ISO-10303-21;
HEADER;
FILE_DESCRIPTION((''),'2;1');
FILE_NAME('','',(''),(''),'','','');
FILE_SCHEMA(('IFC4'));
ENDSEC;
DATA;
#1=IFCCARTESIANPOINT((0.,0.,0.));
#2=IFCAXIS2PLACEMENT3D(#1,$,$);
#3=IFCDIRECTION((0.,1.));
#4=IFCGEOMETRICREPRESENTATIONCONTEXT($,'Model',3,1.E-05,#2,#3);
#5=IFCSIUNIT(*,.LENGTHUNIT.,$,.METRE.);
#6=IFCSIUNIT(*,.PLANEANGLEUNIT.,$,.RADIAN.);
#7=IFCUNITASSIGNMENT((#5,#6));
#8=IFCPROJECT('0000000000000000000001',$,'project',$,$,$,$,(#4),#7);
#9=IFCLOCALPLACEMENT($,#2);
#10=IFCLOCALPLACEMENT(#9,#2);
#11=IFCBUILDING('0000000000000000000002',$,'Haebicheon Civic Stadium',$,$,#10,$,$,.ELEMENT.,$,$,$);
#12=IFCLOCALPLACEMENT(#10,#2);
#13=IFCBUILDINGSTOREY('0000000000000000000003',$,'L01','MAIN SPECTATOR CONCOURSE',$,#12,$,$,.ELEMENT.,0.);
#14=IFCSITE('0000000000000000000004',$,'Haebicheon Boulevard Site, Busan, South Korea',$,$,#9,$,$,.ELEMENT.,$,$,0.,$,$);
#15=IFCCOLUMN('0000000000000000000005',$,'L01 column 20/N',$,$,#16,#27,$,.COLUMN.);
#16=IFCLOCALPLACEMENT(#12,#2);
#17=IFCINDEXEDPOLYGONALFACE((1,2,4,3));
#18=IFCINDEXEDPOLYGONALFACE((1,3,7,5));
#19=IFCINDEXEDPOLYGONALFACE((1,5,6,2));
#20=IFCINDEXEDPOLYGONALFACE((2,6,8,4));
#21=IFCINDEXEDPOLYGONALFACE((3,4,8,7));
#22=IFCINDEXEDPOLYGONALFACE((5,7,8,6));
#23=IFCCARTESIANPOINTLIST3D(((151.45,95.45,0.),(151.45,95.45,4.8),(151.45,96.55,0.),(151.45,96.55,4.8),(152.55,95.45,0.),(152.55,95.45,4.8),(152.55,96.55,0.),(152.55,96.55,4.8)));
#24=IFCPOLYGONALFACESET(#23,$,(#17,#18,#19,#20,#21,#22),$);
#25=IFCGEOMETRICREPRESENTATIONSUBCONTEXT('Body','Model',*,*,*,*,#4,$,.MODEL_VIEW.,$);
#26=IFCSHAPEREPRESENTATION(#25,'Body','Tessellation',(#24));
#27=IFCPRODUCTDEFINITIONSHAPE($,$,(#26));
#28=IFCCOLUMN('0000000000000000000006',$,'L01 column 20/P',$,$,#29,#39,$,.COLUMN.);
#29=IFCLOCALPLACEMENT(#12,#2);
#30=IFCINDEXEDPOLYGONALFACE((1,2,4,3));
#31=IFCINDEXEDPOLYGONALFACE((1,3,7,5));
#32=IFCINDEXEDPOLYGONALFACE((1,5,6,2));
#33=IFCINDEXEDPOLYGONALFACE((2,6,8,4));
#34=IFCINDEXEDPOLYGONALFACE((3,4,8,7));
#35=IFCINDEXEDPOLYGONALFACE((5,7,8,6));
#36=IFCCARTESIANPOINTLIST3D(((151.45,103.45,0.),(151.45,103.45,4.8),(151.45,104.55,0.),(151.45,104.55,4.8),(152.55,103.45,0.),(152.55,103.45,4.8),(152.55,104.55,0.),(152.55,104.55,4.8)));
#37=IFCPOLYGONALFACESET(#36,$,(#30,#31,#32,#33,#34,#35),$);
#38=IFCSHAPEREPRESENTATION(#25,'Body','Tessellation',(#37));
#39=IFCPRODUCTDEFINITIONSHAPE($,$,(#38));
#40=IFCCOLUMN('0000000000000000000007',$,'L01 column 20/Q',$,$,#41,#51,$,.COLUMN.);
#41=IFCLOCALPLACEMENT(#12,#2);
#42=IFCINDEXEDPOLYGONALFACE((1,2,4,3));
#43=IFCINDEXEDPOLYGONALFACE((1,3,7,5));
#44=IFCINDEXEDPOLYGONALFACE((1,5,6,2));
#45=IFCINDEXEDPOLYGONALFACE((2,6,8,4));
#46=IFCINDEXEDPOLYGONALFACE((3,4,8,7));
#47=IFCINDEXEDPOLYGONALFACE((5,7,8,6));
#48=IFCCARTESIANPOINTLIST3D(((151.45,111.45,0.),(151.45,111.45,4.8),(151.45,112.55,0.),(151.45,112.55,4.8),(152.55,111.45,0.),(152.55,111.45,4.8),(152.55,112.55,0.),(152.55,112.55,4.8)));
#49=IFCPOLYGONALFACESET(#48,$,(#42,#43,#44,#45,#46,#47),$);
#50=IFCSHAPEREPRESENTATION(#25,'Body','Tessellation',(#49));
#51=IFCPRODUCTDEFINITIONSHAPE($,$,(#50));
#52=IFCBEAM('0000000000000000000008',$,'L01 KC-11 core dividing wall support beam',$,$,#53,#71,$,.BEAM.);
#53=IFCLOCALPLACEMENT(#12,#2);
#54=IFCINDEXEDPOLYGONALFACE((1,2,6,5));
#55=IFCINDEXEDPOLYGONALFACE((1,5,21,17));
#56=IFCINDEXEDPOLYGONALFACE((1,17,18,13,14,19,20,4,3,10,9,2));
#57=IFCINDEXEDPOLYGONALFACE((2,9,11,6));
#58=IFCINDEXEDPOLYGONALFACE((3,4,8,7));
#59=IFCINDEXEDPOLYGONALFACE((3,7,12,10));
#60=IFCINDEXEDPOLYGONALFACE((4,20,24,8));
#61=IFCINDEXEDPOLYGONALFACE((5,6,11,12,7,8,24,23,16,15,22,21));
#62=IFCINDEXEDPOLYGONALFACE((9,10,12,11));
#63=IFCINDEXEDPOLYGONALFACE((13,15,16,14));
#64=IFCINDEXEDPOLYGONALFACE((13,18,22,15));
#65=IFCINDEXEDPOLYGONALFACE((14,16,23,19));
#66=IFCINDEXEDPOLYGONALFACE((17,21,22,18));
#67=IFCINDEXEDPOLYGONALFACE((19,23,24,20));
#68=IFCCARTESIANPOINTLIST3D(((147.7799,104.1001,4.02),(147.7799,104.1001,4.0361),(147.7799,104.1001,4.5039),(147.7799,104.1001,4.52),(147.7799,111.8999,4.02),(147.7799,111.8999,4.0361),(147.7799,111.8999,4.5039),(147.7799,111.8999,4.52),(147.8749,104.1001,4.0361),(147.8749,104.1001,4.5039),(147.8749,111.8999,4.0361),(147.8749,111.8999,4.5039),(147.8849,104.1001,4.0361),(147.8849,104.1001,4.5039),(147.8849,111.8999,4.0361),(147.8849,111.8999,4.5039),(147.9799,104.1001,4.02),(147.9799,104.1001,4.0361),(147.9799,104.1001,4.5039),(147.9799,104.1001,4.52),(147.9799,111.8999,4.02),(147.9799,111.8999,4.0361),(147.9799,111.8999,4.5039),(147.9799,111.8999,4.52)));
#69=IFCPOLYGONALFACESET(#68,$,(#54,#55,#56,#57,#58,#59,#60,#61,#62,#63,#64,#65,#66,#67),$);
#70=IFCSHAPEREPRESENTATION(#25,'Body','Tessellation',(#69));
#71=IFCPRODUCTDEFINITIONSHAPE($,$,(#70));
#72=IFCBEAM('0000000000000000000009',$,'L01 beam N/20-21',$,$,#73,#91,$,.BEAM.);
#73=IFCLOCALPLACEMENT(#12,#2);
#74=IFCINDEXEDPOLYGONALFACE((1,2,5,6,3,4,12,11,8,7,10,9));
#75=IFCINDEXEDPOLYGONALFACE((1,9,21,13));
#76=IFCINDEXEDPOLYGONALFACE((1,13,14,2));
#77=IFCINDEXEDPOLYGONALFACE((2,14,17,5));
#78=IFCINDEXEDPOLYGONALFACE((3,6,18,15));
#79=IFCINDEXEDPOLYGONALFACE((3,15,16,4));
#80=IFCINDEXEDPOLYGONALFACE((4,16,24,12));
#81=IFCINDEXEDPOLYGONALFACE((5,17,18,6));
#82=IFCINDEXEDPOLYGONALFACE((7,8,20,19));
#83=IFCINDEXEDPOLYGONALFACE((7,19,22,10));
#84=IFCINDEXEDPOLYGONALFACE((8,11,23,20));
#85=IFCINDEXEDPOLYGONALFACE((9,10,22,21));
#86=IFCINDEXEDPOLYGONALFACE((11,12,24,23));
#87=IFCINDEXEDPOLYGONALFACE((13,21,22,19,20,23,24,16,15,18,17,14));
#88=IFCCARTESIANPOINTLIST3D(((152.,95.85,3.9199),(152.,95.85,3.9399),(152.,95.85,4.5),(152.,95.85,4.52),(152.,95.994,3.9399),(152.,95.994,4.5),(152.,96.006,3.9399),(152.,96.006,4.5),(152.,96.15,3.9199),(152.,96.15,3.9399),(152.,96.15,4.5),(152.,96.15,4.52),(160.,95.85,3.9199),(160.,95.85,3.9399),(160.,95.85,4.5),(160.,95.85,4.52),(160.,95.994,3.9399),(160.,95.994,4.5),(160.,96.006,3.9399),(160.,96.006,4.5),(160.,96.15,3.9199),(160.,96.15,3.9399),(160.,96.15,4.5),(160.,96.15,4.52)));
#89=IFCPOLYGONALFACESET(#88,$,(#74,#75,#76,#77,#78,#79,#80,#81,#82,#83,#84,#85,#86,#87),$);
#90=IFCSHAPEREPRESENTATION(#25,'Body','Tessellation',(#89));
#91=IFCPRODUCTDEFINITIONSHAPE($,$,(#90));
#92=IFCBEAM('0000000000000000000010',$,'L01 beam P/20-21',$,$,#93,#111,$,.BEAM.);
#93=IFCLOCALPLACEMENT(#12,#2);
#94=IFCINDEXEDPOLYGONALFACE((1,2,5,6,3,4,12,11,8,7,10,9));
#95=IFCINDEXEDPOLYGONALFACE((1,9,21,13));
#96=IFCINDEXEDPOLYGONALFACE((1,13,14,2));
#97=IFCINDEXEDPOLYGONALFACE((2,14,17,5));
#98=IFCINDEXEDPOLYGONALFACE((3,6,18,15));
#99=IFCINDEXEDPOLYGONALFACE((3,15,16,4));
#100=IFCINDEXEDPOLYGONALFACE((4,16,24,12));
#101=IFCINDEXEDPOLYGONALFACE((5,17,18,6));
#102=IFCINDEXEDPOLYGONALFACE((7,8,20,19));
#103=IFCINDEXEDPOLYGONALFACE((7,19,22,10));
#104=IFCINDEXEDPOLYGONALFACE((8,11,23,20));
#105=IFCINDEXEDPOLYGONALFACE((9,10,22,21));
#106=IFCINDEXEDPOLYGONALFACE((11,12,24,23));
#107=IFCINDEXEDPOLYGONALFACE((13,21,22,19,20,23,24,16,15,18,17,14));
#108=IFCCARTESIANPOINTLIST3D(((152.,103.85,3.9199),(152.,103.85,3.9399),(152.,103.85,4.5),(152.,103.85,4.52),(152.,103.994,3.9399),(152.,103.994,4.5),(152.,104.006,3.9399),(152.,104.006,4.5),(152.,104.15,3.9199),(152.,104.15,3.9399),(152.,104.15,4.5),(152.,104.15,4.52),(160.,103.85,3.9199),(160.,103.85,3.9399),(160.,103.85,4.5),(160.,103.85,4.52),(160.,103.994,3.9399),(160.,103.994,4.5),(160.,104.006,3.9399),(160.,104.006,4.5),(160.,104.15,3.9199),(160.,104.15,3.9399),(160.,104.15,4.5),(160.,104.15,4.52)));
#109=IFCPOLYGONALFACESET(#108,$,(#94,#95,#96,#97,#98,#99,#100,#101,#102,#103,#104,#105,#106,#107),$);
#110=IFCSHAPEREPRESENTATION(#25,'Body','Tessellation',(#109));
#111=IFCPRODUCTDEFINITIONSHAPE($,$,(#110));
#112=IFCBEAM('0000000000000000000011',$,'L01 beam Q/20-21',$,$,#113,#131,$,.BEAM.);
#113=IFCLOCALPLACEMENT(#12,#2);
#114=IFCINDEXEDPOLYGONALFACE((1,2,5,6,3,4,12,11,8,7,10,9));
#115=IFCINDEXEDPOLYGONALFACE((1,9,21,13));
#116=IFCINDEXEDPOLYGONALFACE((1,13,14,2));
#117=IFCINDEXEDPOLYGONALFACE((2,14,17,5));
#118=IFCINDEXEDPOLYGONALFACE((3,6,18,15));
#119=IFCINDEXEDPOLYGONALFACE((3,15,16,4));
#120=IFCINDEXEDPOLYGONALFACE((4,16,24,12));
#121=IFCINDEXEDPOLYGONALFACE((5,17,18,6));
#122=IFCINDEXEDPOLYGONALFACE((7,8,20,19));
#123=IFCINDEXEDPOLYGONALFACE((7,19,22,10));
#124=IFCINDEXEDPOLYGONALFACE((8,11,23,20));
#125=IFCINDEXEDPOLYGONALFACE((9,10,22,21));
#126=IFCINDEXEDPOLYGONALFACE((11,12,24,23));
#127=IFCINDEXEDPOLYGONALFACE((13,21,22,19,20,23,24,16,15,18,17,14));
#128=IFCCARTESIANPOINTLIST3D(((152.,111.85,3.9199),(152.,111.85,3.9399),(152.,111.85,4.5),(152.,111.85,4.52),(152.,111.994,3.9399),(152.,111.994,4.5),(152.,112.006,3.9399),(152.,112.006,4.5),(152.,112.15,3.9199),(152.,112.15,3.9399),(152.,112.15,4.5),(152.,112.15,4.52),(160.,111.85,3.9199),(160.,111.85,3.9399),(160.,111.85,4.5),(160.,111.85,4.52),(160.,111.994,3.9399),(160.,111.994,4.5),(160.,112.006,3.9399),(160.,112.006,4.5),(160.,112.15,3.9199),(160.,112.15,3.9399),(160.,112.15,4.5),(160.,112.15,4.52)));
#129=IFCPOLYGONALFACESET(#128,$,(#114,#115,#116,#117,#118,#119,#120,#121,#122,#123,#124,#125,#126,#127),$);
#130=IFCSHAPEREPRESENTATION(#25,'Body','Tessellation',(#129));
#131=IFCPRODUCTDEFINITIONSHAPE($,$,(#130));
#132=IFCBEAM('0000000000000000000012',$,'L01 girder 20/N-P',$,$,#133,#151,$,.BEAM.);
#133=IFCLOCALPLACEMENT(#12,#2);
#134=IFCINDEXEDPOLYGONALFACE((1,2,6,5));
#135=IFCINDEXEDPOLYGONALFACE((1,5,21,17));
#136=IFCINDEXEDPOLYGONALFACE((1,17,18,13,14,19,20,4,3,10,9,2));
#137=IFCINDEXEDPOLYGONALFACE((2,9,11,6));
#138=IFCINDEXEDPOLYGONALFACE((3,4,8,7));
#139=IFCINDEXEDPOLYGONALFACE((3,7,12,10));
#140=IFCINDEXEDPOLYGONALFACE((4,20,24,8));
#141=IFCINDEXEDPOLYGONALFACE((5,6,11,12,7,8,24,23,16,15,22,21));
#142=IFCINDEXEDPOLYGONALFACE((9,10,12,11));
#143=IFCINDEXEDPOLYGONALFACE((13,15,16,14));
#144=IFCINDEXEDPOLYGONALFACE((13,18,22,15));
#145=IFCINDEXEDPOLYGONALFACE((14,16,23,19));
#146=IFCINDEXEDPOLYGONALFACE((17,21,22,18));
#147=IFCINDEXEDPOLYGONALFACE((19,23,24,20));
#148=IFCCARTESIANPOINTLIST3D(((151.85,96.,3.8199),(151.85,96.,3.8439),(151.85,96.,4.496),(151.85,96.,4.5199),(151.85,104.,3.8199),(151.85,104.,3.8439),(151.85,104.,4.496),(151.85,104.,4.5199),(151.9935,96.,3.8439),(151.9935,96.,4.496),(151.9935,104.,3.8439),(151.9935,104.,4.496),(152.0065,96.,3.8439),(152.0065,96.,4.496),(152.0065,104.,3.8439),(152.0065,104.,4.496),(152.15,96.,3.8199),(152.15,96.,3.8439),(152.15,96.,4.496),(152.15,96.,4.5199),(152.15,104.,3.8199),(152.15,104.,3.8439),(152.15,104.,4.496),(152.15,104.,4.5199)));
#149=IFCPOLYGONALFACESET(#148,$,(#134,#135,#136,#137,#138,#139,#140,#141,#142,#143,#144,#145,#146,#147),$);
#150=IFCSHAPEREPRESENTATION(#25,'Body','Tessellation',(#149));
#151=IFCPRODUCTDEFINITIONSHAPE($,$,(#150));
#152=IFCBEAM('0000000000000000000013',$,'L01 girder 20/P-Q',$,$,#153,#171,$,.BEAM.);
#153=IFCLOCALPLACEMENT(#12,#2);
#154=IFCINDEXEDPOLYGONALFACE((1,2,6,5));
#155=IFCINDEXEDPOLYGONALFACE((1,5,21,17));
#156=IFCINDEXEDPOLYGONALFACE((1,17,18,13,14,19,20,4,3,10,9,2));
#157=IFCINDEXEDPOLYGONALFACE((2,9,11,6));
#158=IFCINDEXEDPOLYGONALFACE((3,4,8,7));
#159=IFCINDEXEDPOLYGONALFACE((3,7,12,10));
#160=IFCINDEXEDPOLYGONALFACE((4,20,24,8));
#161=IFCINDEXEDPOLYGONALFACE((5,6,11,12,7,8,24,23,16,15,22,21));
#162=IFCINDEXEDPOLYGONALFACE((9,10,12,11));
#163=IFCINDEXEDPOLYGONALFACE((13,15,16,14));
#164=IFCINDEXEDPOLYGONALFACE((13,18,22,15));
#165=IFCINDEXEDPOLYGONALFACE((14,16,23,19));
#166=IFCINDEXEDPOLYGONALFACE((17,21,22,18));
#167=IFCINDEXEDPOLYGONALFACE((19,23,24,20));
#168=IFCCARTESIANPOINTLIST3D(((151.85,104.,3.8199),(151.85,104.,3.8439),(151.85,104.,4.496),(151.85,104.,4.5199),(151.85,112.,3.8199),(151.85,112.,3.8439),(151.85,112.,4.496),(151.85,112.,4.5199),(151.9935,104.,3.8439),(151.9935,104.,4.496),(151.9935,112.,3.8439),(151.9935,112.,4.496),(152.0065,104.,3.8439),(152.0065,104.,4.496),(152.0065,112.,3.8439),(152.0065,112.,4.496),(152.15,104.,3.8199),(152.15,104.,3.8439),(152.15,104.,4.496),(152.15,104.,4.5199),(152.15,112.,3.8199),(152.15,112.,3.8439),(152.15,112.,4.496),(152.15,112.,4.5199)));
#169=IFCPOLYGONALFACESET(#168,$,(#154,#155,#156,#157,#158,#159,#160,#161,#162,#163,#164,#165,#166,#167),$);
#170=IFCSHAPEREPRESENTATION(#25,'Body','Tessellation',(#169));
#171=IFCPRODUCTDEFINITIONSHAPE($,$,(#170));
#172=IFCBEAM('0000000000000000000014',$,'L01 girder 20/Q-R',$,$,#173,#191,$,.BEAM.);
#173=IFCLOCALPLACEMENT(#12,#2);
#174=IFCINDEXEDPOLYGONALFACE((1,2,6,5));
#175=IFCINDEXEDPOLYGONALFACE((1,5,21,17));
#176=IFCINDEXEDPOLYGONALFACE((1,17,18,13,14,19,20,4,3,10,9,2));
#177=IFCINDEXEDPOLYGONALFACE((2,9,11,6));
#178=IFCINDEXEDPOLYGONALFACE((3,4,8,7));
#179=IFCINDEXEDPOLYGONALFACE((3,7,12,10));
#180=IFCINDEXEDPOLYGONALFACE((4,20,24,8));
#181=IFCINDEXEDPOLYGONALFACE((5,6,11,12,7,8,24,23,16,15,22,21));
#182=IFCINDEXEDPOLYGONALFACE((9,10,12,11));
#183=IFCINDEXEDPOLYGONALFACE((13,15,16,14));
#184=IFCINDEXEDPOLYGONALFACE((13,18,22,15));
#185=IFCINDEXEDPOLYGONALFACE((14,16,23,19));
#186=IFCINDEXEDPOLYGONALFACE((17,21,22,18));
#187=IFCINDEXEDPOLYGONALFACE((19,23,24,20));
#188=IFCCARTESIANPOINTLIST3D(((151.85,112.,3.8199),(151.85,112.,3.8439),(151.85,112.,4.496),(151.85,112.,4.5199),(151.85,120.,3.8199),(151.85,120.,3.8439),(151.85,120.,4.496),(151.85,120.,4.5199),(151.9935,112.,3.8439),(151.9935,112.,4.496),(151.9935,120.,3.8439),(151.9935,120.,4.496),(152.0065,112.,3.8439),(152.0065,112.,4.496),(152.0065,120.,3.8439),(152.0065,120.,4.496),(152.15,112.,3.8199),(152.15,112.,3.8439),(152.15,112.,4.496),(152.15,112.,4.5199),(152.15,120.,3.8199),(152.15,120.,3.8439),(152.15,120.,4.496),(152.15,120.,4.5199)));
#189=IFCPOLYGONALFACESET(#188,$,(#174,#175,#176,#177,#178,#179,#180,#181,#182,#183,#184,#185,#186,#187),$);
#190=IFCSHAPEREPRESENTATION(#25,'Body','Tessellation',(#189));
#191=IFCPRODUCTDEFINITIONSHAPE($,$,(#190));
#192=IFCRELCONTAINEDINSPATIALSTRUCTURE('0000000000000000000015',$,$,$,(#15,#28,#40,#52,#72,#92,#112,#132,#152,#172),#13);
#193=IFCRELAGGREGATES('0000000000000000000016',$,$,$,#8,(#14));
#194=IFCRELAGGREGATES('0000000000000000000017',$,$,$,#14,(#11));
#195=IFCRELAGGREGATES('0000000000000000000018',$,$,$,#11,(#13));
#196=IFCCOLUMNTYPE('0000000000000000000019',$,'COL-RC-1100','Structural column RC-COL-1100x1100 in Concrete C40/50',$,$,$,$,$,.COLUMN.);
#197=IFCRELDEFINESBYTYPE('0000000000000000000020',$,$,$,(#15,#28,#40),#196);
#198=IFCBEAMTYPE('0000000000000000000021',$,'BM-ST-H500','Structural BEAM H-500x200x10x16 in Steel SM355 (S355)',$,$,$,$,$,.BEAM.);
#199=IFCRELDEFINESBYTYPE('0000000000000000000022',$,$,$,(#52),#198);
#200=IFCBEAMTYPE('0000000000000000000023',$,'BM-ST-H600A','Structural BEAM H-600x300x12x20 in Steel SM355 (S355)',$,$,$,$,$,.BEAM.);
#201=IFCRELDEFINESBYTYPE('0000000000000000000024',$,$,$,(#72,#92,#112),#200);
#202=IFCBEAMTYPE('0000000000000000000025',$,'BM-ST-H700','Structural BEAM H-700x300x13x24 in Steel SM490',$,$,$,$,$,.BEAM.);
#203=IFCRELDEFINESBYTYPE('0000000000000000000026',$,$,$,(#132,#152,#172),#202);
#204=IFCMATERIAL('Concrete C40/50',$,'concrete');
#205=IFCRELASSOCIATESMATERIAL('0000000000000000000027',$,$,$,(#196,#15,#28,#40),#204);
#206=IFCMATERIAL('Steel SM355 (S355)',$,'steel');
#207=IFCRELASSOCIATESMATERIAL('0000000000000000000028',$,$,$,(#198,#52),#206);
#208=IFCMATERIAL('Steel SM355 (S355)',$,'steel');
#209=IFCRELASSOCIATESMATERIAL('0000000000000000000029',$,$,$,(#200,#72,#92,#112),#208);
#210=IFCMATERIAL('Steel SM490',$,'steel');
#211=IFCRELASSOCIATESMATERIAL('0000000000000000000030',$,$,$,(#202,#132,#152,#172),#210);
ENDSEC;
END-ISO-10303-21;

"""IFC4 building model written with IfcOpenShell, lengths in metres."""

from ifc_helpers import new_model, si_unit, direction, frame, origin, origin_2d, place, context, subcontext, project, spatial, rectangle, i_section, extrude, material, material_profile, profile_set, type_object, element, save


model = new_model("IFC4")

# Units and contexts
model_context = context("Model", 3, precision=1e-05, world=origin(), true_north=direction((0.0, 1.0)))
body_context = subcontext(model_context, "Body", "Model", "MODEL_VIEW")
ifc_project = project(units=[si_unit("LENGTHUNIT", "METRE"), si_unit("PLANEANGLEUNIT", "RADIAN")], contexts=[model_context])

# Site, building, storey
site_placement = place(None, origin())
site = spatial("IfcSite", under=ifc_project, at=site_placement, Name="Haebicheon Boulevard Site, Busan, South Korea", CompositionType="ELEMENT", RefElevation=0.0)
building_placement = place(site_placement, origin())
building = spatial("IfcBuilding", under=site, at=building_placement, Name="Haebicheon Civic Stadium", CompositionType="ELEMENT")
storey_placement = place(building_placement, origin())
storey = spatial("IfcBuildingStorey", under=building, at=storey_placement, Name="L01", Description="MAIN SPECTATOR CONCOURSE", CompositionType="ELEMENT", Elevation=0.0)

# Columns
ifc_material_1 = material(Name="Concrete C40/50", Category="concrete")
ifc_material_profile_1 = material_profile(ifc_material_1, rectangle(XDim=1.1001, YDim=1.1001, at=origin_2d()), Name="RC-COL-1100x1100")
ifc_profile_set_1 = profile_set([ifc_material_profile_1], Name="Concrete C40/50")
column_type = type_object("IfcColumnType", Name="COL-RC-1100", Description="Structural column RC-COL-1100x1100 in Concrete C40/50", PredefinedType="COLUMN", material=ifc_profile_set_1)
for number, where, z_axis, x_axis, name in (
    (1, (152.0, 96.0, 0.0), (0.0, 0.0, 1.0), (1.0, 0.0, 0.0), "L01 column 20/N"),
    (2, (152.0, 104.0, 0.0), (0.0, 0.0, 1.0), (1.0, 0.0, 0.0), "L01 column 20/P"),
    (3, (152.0, 112.0, 0.0), (0.0, 0.0, 1.0), (1.0, 0.0, 0.0), "L01 column 20/Q"),
):
    element("IfcColumn", number, at=place(storey_placement, frame(where, z_axis=z_axis, x_axis=x_axis)), inside=storey, type_object=column_type, material=ifc_profile_set_1, Name=name, PredefinedType="COLUMN", context=body_context, shape_type="SweptSolid", body=[
        extrude(rectangle(XDim=1.1001, YDim=1.1001, at=origin_2d()), origin(), (0.0, 0.0, 1.0), 4.8),
    ])

# Beams
ifc_material_2 = material(Name="Steel SM355 (S355)", Category="steel")
ifc_material_profile_2 = material_profile(ifc_material_2, i_section(OverallWidth=0.2, OverallDepth=0.5, WebThickness=0.01, FlangeThickness=0.0161, at=origin_2d()), Name="H-500x200x10x16")
ifc_profile_set_2 = profile_set([ifc_material_profile_2], Name="Steel SM355 (S355)")
beam_type_1 = type_object("IfcBeamType", Name="BM-ST-H500", Description="Structural BEAM H-500x200x10x16 in Steel SM355 (S355)", PredefinedType="BEAM", material=ifc_profile_set_2)
beam_1_placement = place(storey_placement, frame((147.8799, 104.1001, 4.27), z_axis=(0.0, 1.0, 0.0), x_axis=(-1.0, 0.0, 0.0)))
element("IfcBeam", 4, at=beam_1_placement, inside=storey, type_object=beam_type_1, material=ifc_profile_set_2, Name="L01 KC-11 core dividing wall support beam", PredefinedType="BEAM", context=body_context, shape_type="SweptSolid", body=[
    extrude(i_section(OverallWidth=0.2, OverallDepth=0.5, WebThickness=0.01, FlangeThickness=0.0161, at=origin_2d()), origin(), (0.0, 0.0, 1.0), 7.7998),
])
ifc_material_3 = material(Name="Steel SM355 (S355)", Category="steel")
ifc_material_profile_3 = material_profile(ifc_material_3, i_section(OverallWidth=0.3, OverallDepth=0.6001, WebThickness=0.012, FlangeThickness=0.02, at=origin_2d()), Name="H-600x300x12x20")
ifc_profile_set_3 = profile_set([ifc_material_profile_3], Name="Steel SM355 (S355)")
beam_type_2 = type_object("IfcBeamType", Name="BM-ST-H600A", Description="Structural BEAM H-600x300x12x20 in Steel SM355 (S355)", PredefinedType="BEAM", material=ifc_profile_set_3)
for number, where, z_axis, x_axis, name in (
    (5, (152.0, 96.0, 4.22), (1.0, 0.0, 0.0), (0.0, 1.0, 0.0), "L01 beam N/20-21"),
    (6, (152.0, 104.0, 4.22), (1.0, 0.0, 0.0), (0.0, 1.0, 0.0), "L01 beam P/20-21"),
    (7, (152.0, 112.0, 4.22), (1.0, 0.0, 0.0), (0.0, 1.0, 0.0), "L01 beam Q/20-21"),
):
    element("IfcBeam", number, at=place(storey_placement, frame(where, z_axis=z_axis, x_axis=x_axis)), inside=storey, type_object=beam_type_2, material=ifc_profile_set_3, Name=name, PredefinedType="BEAM", context=body_context, shape_type="SweptSolid", body=[
        extrude(i_section(OverallWidth=0.3, OverallDepth=0.6001, WebThickness=0.012, FlangeThickness=0.02, at=origin_2d()), origin(), (0.0, 0.0, 1.0), 8.0),
    ])
ifc_material_4 = material(Name="Steel SM490", Category="steel")
ifc_material_profile_4 = material_profile(ifc_material_4, i_section(OverallWidth=0.3, OverallDepth=0.7, WebThickness=0.0129, FlangeThickness=0.0239, at=origin_2d()), Name="H-700x300x13x24")
ifc_profile_set_4 = profile_set([ifc_material_profile_4], Name="Steel SM490")
beam_type_3 = type_object("IfcBeamType", Name="BM-ST-H700", Description="Structural BEAM H-700x300x13x24 in Steel SM490", PredefinedType="BEAM", material=ifc_profile_set_4)
for number, where, z_axis, x_axis, name in (
    (8, (152.0, 96.0, 4.1699), (0.0, 1.0, 0.0), (-1.0, 0.0, 0.0), "L01 girder 20/N-P"),
    (9, (152.0, 104.0, 4.1699), (0.0, 1.0, 0.0), (-1.0, 0.0, 0.0), "L01 girder 20/P-Q"),
    (10, (152.0, 112.0, 4.1699), (0.0, 1.0, 0.0), (-1.0, 0.0, 0.0), "L01 girder 20/Q-R"),
):
    element("IfcBeam", number, at=place(storey_placement, frame(where, z_axis=z_axis, x_axis=x_axis)), inside=storey, type_object=beam_type_3, material=ifc_profile_set_4, Name=name, PredefinedType="BEAM", context=body_context, shape_type="SweptSolid", body=[
        extrude(i_section(OverallWidth=0.3, OverallDepth=0.7, WebThickness=0.0129, FlangeThickness=0.0239, at=origin_2d()), origin(), (0.0, 0.0, 1.0), 8.0),
    ])

save(model, "model.ifc")
